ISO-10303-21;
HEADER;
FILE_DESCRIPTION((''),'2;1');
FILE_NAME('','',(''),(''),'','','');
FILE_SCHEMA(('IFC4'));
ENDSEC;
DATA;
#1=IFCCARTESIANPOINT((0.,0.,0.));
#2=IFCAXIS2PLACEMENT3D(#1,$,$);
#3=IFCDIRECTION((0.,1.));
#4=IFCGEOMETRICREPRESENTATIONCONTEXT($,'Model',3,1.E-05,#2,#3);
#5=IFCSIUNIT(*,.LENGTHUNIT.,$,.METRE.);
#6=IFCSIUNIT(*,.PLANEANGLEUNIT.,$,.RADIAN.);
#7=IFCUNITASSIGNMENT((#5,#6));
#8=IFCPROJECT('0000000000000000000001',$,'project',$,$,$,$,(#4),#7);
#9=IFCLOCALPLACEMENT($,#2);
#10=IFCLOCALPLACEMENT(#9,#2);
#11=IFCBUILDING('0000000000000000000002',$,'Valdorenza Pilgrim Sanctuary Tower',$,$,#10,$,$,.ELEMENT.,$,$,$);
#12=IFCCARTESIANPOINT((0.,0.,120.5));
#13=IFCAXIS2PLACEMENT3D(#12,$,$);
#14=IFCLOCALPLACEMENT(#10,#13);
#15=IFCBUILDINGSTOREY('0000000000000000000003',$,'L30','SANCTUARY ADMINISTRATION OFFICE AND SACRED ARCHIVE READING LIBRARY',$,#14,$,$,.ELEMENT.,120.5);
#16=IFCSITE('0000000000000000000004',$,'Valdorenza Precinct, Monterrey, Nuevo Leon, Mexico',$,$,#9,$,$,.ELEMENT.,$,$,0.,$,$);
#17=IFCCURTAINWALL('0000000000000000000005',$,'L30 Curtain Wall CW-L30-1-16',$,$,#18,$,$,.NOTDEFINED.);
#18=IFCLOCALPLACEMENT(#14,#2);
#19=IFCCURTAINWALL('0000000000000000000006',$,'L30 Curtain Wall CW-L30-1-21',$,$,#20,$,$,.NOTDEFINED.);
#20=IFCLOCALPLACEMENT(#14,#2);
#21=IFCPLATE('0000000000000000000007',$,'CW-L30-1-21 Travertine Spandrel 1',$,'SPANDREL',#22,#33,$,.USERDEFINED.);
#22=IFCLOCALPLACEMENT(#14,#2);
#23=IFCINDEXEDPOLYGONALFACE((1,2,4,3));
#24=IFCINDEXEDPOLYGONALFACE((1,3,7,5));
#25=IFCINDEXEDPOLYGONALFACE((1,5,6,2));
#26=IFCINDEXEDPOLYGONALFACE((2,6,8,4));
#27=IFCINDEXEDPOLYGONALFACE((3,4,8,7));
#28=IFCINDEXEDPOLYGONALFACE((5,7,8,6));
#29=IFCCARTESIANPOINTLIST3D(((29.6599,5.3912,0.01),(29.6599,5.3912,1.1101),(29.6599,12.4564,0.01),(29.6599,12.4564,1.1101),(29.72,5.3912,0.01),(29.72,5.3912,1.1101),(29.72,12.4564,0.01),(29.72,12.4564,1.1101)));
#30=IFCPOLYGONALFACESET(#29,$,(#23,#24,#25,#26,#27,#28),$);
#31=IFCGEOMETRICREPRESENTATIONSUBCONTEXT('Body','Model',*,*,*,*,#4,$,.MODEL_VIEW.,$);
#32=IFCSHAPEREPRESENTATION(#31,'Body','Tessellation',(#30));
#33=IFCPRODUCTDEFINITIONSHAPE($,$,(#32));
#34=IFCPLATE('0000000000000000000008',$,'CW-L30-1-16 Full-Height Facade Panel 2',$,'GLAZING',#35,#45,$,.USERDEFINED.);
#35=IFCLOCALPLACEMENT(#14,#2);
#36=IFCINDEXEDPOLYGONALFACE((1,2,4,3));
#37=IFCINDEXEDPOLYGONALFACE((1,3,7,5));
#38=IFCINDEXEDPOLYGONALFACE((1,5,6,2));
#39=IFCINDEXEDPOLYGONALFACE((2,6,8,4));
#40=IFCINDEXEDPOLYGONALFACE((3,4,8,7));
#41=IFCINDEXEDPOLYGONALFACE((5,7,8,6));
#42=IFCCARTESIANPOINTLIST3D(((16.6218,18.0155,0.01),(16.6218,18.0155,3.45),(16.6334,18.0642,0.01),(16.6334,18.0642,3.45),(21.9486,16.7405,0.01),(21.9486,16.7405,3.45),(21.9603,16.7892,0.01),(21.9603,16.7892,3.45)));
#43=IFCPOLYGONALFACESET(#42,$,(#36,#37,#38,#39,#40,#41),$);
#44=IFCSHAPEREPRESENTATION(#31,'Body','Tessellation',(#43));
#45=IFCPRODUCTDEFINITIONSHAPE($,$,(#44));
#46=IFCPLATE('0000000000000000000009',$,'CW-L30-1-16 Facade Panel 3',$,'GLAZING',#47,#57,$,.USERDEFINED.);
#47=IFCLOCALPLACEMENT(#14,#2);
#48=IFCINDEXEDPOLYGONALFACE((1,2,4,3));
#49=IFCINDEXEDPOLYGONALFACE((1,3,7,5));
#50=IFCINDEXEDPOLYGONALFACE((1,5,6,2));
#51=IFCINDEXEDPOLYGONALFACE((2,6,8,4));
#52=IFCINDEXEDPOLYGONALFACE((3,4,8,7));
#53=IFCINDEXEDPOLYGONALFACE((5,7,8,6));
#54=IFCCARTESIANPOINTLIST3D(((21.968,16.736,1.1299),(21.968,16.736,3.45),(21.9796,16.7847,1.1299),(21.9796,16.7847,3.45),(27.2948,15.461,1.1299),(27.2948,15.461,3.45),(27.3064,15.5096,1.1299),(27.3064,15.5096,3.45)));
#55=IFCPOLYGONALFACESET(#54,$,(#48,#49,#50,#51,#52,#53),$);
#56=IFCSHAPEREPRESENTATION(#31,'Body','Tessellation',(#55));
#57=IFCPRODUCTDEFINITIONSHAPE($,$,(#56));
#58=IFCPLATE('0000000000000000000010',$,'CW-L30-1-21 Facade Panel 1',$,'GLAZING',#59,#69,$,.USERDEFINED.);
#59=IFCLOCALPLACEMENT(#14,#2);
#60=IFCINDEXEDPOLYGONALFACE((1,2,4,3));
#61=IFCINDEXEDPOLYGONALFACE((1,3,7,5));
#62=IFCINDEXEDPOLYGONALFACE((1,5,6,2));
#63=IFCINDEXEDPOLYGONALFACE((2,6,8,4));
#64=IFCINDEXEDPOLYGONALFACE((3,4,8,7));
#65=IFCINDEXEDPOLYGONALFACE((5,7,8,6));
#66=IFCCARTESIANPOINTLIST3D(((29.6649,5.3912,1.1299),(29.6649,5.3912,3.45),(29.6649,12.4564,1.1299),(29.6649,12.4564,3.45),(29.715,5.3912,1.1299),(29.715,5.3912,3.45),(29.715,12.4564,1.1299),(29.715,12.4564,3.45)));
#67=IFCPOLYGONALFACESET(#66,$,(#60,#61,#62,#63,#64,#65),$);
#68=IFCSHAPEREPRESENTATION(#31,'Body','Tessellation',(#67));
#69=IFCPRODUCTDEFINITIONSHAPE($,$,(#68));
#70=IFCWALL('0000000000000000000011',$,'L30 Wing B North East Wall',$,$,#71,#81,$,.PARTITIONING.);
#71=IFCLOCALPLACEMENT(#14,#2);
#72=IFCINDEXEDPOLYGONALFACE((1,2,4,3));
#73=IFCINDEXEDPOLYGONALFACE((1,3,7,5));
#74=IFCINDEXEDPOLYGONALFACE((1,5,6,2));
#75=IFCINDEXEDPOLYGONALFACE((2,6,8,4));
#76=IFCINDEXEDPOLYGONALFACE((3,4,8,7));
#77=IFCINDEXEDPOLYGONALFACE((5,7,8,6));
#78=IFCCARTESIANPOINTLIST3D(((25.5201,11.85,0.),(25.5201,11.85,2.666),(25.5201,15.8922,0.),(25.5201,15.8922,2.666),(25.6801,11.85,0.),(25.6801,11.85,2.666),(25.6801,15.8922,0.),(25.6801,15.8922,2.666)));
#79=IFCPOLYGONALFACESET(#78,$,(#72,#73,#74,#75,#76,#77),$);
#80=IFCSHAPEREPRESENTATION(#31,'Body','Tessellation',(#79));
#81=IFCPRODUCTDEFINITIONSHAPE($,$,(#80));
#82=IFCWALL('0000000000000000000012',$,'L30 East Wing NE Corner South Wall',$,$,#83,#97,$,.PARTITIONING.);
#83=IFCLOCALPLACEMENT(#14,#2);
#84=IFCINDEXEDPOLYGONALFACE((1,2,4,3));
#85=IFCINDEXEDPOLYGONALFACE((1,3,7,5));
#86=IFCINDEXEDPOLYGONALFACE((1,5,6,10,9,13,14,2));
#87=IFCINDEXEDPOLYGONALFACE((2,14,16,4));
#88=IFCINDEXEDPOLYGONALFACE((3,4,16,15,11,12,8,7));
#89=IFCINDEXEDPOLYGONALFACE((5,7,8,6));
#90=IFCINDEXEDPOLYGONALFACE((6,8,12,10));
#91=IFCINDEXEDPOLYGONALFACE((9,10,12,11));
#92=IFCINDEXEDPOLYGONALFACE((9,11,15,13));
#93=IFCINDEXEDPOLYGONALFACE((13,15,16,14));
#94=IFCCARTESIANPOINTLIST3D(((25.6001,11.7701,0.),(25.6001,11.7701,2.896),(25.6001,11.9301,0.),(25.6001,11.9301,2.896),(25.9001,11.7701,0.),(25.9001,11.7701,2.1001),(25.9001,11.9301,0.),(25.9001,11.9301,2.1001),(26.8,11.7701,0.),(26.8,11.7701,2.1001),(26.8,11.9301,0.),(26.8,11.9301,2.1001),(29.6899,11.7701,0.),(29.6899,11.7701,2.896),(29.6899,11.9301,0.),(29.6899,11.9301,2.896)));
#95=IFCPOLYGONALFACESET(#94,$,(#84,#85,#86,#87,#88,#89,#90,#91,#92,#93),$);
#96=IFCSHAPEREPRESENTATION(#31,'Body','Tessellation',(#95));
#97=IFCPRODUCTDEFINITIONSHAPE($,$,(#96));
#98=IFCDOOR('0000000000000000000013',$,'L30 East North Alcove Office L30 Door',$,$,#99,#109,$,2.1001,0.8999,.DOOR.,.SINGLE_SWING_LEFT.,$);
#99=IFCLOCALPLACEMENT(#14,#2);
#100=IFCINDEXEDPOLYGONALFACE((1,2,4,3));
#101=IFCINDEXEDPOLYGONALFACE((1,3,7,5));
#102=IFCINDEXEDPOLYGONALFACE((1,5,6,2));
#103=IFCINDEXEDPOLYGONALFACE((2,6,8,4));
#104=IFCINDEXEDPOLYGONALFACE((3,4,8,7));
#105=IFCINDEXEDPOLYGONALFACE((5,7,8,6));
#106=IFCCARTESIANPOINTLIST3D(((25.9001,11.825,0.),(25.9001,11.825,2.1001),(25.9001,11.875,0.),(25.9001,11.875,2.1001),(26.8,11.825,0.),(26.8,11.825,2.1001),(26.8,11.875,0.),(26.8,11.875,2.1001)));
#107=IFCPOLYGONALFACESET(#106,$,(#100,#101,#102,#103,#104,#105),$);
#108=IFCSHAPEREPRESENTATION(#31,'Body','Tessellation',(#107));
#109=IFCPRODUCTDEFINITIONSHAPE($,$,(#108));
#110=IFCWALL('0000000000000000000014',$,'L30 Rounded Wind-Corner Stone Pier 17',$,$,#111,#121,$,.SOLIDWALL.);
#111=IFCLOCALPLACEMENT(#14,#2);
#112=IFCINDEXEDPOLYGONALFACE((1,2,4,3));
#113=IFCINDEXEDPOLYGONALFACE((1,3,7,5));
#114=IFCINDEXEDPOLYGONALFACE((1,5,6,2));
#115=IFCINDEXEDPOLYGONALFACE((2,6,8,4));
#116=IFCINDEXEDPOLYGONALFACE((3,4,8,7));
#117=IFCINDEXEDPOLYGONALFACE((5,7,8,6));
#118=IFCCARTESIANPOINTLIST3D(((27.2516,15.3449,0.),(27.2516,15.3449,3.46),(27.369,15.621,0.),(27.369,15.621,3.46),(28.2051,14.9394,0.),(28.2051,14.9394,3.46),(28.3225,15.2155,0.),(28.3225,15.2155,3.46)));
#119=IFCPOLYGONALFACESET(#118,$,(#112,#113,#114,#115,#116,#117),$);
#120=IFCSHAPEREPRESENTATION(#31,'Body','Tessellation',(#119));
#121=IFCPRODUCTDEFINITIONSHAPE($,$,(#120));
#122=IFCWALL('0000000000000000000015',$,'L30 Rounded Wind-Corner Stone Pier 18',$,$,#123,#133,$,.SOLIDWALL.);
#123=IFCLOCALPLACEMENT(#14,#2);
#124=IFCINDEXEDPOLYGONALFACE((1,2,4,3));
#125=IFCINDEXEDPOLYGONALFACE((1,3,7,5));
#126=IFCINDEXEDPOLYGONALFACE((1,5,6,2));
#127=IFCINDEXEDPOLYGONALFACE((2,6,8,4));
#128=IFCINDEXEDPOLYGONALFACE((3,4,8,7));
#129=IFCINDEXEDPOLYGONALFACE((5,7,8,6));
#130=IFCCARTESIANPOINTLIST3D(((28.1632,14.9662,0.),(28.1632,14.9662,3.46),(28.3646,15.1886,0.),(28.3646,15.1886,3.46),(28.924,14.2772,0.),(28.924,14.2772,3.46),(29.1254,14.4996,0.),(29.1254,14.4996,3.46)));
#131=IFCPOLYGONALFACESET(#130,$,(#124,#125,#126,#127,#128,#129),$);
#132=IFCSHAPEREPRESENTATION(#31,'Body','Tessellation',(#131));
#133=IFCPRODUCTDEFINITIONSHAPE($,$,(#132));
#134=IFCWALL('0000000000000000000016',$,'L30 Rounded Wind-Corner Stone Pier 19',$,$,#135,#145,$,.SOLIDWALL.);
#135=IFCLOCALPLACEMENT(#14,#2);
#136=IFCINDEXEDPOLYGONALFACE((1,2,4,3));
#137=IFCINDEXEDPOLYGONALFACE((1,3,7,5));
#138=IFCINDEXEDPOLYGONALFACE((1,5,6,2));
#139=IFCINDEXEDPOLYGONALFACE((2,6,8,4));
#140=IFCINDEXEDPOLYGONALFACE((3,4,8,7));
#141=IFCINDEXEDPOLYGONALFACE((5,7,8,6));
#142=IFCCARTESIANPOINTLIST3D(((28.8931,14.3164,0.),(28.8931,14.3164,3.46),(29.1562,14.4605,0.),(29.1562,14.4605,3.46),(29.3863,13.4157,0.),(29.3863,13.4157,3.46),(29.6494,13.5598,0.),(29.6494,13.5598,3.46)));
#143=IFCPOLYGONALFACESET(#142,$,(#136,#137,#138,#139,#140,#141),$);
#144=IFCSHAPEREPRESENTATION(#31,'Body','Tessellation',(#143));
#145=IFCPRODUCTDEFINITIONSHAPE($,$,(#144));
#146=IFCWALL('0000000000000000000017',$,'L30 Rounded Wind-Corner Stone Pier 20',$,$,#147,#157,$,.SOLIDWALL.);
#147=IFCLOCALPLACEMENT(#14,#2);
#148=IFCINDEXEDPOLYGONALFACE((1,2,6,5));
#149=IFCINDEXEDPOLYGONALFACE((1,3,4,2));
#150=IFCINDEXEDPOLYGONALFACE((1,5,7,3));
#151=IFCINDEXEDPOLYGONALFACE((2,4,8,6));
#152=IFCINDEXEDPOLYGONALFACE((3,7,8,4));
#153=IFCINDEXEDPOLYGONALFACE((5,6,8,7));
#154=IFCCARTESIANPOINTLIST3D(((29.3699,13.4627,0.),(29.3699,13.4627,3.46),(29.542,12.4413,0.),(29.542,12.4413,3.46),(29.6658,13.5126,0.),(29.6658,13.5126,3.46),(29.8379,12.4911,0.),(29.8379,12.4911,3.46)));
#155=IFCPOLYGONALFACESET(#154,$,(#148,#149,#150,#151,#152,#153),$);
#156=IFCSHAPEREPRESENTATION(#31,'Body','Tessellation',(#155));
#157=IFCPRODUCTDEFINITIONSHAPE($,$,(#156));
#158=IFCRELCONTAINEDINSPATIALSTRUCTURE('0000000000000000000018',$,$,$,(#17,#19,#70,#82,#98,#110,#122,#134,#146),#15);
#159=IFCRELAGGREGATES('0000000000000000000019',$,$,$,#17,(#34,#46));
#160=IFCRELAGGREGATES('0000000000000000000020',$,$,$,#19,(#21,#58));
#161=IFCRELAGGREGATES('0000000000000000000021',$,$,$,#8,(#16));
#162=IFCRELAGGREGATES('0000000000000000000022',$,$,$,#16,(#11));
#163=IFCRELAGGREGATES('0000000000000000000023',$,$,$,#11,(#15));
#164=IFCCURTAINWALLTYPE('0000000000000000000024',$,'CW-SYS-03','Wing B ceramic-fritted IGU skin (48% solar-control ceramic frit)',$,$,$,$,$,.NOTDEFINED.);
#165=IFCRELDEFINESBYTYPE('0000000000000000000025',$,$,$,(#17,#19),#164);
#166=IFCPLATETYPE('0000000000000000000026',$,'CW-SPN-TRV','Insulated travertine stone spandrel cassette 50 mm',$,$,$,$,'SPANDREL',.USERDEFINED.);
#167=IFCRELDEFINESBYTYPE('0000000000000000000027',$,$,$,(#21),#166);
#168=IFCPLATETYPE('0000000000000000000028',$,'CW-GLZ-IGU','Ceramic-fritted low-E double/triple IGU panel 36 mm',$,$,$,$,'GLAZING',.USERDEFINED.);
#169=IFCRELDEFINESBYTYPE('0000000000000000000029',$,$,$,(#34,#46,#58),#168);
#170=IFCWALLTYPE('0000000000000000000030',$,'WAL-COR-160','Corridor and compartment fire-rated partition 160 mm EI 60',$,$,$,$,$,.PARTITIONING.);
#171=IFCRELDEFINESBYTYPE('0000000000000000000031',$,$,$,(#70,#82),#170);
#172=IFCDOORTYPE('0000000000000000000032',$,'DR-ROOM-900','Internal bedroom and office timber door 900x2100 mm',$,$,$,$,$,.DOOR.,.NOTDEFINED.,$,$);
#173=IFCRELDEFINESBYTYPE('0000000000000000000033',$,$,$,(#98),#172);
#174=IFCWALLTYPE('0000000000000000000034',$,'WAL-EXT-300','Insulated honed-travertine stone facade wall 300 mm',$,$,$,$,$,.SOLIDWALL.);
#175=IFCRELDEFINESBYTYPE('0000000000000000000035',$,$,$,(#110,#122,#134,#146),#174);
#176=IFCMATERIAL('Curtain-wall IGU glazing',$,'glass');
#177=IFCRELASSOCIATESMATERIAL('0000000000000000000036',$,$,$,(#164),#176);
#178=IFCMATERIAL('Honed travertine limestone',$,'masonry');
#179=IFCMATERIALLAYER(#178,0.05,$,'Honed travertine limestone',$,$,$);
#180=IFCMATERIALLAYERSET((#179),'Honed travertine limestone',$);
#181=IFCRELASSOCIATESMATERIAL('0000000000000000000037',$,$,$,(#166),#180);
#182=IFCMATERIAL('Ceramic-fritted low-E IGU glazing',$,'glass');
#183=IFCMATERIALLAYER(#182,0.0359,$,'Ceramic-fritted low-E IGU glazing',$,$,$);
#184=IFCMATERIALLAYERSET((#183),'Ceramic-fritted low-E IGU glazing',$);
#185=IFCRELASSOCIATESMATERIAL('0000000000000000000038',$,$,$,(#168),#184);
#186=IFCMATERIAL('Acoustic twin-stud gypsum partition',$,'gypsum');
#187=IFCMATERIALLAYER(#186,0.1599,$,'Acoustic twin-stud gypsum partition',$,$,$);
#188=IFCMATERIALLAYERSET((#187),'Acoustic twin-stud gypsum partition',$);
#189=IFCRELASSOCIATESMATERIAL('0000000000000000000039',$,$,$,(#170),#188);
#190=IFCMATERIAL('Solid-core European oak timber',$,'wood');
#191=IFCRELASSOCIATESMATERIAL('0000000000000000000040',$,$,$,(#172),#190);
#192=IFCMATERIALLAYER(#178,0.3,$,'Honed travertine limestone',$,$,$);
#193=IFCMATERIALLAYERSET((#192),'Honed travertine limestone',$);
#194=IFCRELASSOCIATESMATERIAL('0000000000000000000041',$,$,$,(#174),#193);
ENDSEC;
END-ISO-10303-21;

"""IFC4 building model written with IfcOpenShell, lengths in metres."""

from ifc_helpers import new_model, si_unit, direction, frame, frame_2d, origin, origin_2d, place, context, subcontext, project, spatial, rectangle, extrude, source, transform, mapped, material, layer, layer_set, type_object, element, fill, aggregate, save


model = new_model("IFC4")

# Units and contexts
model_context = context("Model", 3, precision=1e-05, world=origin(), true_north=direction((0.0, 1.0)))
body_context = subcontext(model_context, "Body", "Model", "MODEL_VIEW")
ifc_project = project(units=[si_unit("LENGTHUNIT", "METRE"), si_unit("PLANEANGLEUNIT", "RADIAN")], contexts=[model_context])

# Site, building, storey
site_placement = place(None, origin())
site = spatial("IfcSite", under=ifc_project, at=site_placement, Name="Valdorenza Precinct, Monterrey, Nuevo Leon, Mexico", CompositionType="ELEMENT", RefElevation=0.0)
building_placement = place(site_placement, origin())
building = spatial("IfcBuilding", under=site, at=building_placement, Name="Valdorenza Pilgrim Sanctuary Tower", CompositionType="ELEMENT")
storey_placement = place(building_placement, frame((0.0, 0.0, 120.5)))
storey = spatial("IfcBuildingStorey", under=building, at=storey_placement, Name="L30", Description="SANCTUARY ADMINISTRATION OFFICE AND SACRED ARCHIVE READING LIBRARY", CompositionType="ELEMENT", Elevation=120.5)

# Curtain walls
ifc_material_1 = material(Name="Curtain-wall IGU glazing", Category="glass")
curtain_wall_type = type_object("IfcCurtainWallType", Name="CW-SYS-03", Description="Wing B ceramic-fritted IGU skin (48% solar-control ceramic frit)", PredefinedType="NOTDEFINED", material=ifc_material_1)
curtain_wall_1_placement = place(storey_placement, origin())
curtain_wall_1 = element("IfcCurtainWall", 1, at=curtain_wall_1_placement, inside=storey, type_object=curtain_wall_type, Name="L30 Curtain Wall CW-L30-1-16", PredefinedType="NOTDEFINED")
curtain_wall_2_placement = place(storey_placement, origin())
curtain_wall_2 = element("IfcCurtainWall", 2, at=curtain_wall_2_placement, inside=storey, type_object=curtain_wall_type, Name="L30 Curtain Wall CW-L30-1-21", PredefinedType="NOTDEFINED")

# Plates
ifc_material_2 = material(Name="Honed travertine limestone", Category="masonry")
ifc_layer_1 = layer(ifc_material_2, 0.05, Name="Honed travertine limestone")
ifc_layer_set_1 = layer_set([ifc_layer_1], Name="Honed travertine limestone")
plate_type_1 = type_object("IfcPlateType", Name="CW-SPN-TRV", Description="Insulated travertine stone spandrel cassette 50 mm", ElementType="SPANDREL", PredefinedType="USERDEFINED", material=ifc_layer_set_1)
shared_shape_1 = source(origin(), body_context, "Body", "SweptSolid", [
    extrude(rectangle(XDim=7.0652, YDim=0.0601, at=origin_2d()), origin(), (0.0, 0.0, 1.0), 1.1001),
])
plate_1_placement = place(storey_placement, frame((29.6899, 8.9238, 0.01), z_axis=(0.0, 0.0, 1.0), x_axis=(0.0, -1.0, 0.0)))
plate_1 = element("IfcPlate", 3, at=plate_1_placement, type_object=plate_type_1, Name="CW-L30-1-21 Travertine Spandrel 1", ObjectType="SPANDREL", PredefinedType="USERDEFINED", context=body_context, shape_type="MappedRepresentation", body=[
    mapped(shared_shape_1, transform((0.0, 0.0, 0.0), x_axis=(1.0, 0.0, 0.0), y_axis=(0.0, 1.0, 0.0), z_axis=(0.0, 0.0, 1.0), scale=1.0)),
])
ifc_material_3 = material(Name="Ceramic-fritted low-E IGU glazing", Category="glass")
ifc_layer_2 = layer(ifc_material_3, 0.0359, Name="Ceramic-fritted low-E IGU glazing")
ifc_layer_set_2 = layer_set([ifc_layer_2], Name="Ceramic-fritted low-E IGU glazing")
plate_type_2 = type_object("IfcPlateType", Name="CW-GLZ-IGU", Description="Ceramic-fritted low-E double/triple IGU panel 36 mm", ElementType="GLAZING", PredefinedType="USERDEFINED", material=ifc_layer_set_2)
shared_shape_2 = source(origin(), body_context, "Body", "SweptSolid", [
    extrude(rectangle(XDim=5.4773, YDim=0.05, at=origin_2d()), origin(), (0.0, 0.0, 1.0), 3.4399),
])
plate_2_placement = place(storey_placement, frame((19.291, 17.4023, 0.01), z_axis=(0.0, 0.0, 1.0), x_axis=(0.972529, -0.232783, 0.0)))
plate_2 = element("IfcPlate", 4, at=plate_2_placement, type_object=plate_type_2, Name="CW-L30-1-16 Full-Height Facade Panel 2", ObjectType="GLAZING", PredefinedType="USERDEFINED", context=body_context, shape_type="MappedRepresentation", body=[
    mapped(shared_shape_2, transform((0.0, 0.0, 0.0), x_axis=(1.0, 0.0, 0.0), y_axis=(0.0, 1.0, 0.0), z_axis=(0.0, 0.0, 1.0), scale=1.0)),
])
shared_shape_3 = source(origin(), body_context, "Body", "SweptSolid", [
    extrude(rectangle(XDim=5.4773, YDim=0.05, at=origin_2d()), origin(), (0.0, 0.0, 1.0), 2.3201),
])
plate_3_placement = place(storey_placement, frame((24.6372, 16.1228, 1.1299), z_axis=(0.0, 0.0, 1.0), x_axis=(0.972529, -0.232783, 0.0)))
plate_3 = element("IfcPlate", 5, at=plate_3_placement, type_object=plate_type_2, Name="CW-L30-1-16 Facade Panel 3", ObjectType="GLAZING", PredefinedType="USERDEFINED", context=body_context, shape_type="MappedRepresentation", body=[
    mapped(shared_shape_3, transform((0.0, 0.0, 0.0), x_axis=(1.0, 0.0, 0.0), y_axis=(0.0, 1.0, 0.0), z_axis=(0.0, 0.0, 1.0), scale=1.0)),
])
aggregate(curtain_wall_1, [plate_2, plate_3])
shared_shape_4 = source(origin(), body_context, "Body", "SweptSolid", [
    extrude(rectangle(XDim=7.0652, YDim=0.05, at=origin_2d()), origin(), (0.0, 0.0, 1.0), 2.3201),
])
plate_4_placement = place(storey_placement, frame((29.6899, 8.9238, 1.1299), z_axis=(0.0, 0.0, 1.0), x_axis=(0.0, -1.0, 0.0)))
plate_4 = element("IfcPlate", 6, at=plate_4_placement, type_object=plate_type_2, Name="CW-L30-1-21 Facade Panel 1", ObjectType="GLAZING", PredefinedType="USERDEFINED", context=body_context, shape_type="MappedRepresentation", body=[
    mapped(shared_shape_4, transform((0.0, 0.0, 0.0), x_axis=(1.0, 0.0, 0.0), y_axis=(0.0, 1.0, 0.0), z_axis=(0.0, 0.0, 1.0), scale=1.0)),
])
aggregate(curtain_wall_2, [plate_1, plate_4])

# Wall
ifc_material_4 = material(Name="Acoustic twin-stud gypsum partition", Category="gypsum")
ifc_layer_3 = layer(ifc_material_4, 0.1599, Name="Acoustic twin-stud gypsum partition")
ifc_layer_set_3 = layer_set([ifc_layer_3], Name="Acoustic twin-stud gypsum partition")
wall_type_1 = type_object("IfcWallType", Name="WAL-COR-160", Description="Corridor and compartment fire-rated partition 160 mm EI 60", PredefinedType="PARTITIONING", material=ifc_layer_set_3)
wall_1_placement = place(storey_placement, frame((25.6001, 11.8501, 0.0), z_axis=(0.0, 0.0, 1.0), x_axis=(0.0, 1.0, 0.0)))
element("IfcWall", 7, at=wall_1_placement, inside=storey, type_object=wall_type_1, Name="L30 Wing B North East Wall", PredefinedType="PARTITIONING", context=body_context, shape_type="SweptSolid", body=[
    extrude(rectangle(XDim=4.0422, YDim=0.1599, at=frame_2d((2.021, 0.0))), origin(), (0.0, 0.0, 1.0), 2.666),
])

# Wall, opening, door
wall_2_placement = place(storey_placement, frame((25.6001, 11.8501, 0.0), z_axis=(0.0, 0.0, 1.0), x_axis=(1.0, 0.0, 0.0)))
wall_2 = element("IfcWall", 8, at=wall_2_placement, inside=storey, type_object=wall_type_1, Name="L30 East Wing NE Corner South Wall", PredefinedType="PARTITIONING", context=body_context, shape_type="SweptSolid", body=[
    extrude(rectangle(XDim=4.0898, YDim=0.1599, at=frame_2d((2.0449, 0.0))), origin(), (0.0, 0.0, 1.0), 2.896),
])
opening_placement = place(wall_2_placement, frame((0.3, 0.0, 0.0)))
opening = element("IfcOpeningElement", 9, at=opening_placement, cuts=wall_2, PredefinedType="OPENING", context=body_context, shape_type="SweptSolid", body=[
    extrude(rectangle(XDim=0.8999, YDim=2.1001, at=frame_2d((0.45, 1.05))), frame((0.0, 0.0947, 0.0), z_axis=(0.0, -1.0, 0.0), x_axis=(1.0, 0.0, 0.0)), (0.0, 0.0, 1.0), 0.1897),
])
ifc_material_5 = material(Name="Solid-core European oak timber", Category="wood")
door_type = type_object("IfcDoorType", Name="DR-ROOM-900", Description="Internal bedroom and office timber door 900x2100 mm", OperationType="NOTDEFINED", PredefinedType="DOOR", material=ifc_material_5)
door_placement = place(opening_placement, origin())
door = element("IfcDoor", 10, at=door_placement, inside=storey, type_object=door_type, Name="L30 East North Alcove Office L30 Door", OperationType="SINGLE_SWING_LEFT", OverallHeight=2.1001, OverallWidth=0.8999, PredefinedType="DOOR", context=body_context, shape_type="SweptSolid", body=[
    extrude(rectangle(XDim=0.8999, YDim=2.1001, at=frame_2d((0.45, 1.05))), frame((0.0, 0.0249, 0.0), z_axis=(0.0, -1.0, 0.0), x_axis=(1.0, 0.0, 0.0)), (0.0, 0.0, 1.0), 0.05),
])
fill(opening, door)

# Walls
ifc_layer_4 = layer(ifc_material_2, 0.3, Name="Honed travertine limestone")
ifc_layer_set_4 = layer_set([ifc_layer_4], Name="Honed travertine limestone")
wall_type_2 = type_object("IfcWallType", Name="WAL-EXT-300", Description="Insulated honed-travertine stone facade wall 300 mm", PredefinedType="SOLIDWALL", material=ifc_layer_set_4)
wall_3_placement = place(storey_placement, frame((27.3103, 15.4829, 0.0), z_axis=(0.0, 0.0, 1.0), x_axis=(0.92025, -0.39133, 0.0)))
element("IfcWall", 11, at=wall_3_placement, inside=storey, type_object=wall_type_2, Name="L30 Rounded Wind-Corner Stone Pier 17", PredefinedType="SOLIDWALL", context=body_context, shape_type="SweptSolid", body=[
    extrude(rectangle(XDim=1.0361, YDim=0.3, at=frame_2d((0.5181, 0.0))), origin(), (0.0, 0.0, 1.0), 3.46),
])
wall_4_placement = place(storey_placement, frame((28.2639, 15.0774, 0.0), z_axis=(0.0, 0.0, 1.0), x_axis=(0.741209, -0.671275, 0.0)))
element("IfcWall", 12, at=wall_4_placement, inside=storey, type_object=wall_type_2, Name="L30 Rounded Wind-Corner Stone Pier 18", PredefinedType="SOLIDWALL", context=body_context, shape_type="SweptSolid", body=[
    extrude(rectangle(XDim=1.0264, YDim=0.3, at=frame_2d((0.5132, 0.0))), origin(), (0.0, 0.0, 1.0), 3.46),
])
wall_5_placement = place(storey_placement, frame((29.0247, 14.3884, 0.0), z_axis=(0.0, 0.0, 1.0), x_axis=(0.480284, -0.877113, 0.0)))
element("IfcWall", 13, at=wall_5_placement, inside=storey, type_object=wall_type_2, Name="L30 Rounded Wind-Corner Stone Pier 19", PredefinedType="SOLIDWALL", context=body_context, shape_type="SweptSolid", body=[
    extrude(rectangle(XDim=1.0269, YDim=0.3, at=frame_2d((0.5134, 0.0))), origin(), (0.0, 0.0, 1.0), 3.46),
])
wall_6_placement = place(storey_placement, frame((29.5178, 13.4878, 0.0), z_axis=(0.0, 0.0, 1.0), x_axis=(0.166157, -0.986099, 0.0)))
element("IfcWall", 14, at=wall_6_placement, inside=storey, type_object=wall_type_2, Name="L30 Rounded Wind-Corner Stone Pier 20", PredefinedType="SOLIDWALL", context=body_context, shape_type="SweptSolid", body=[
    extrude(rectangle(XDim=1.0359, YDim=0.3, at=frame_2d((0.5181, 0.0))), origin(), (0.0, 0.0, 1.0), 3.46),
])

save(model, "model.ifc")
